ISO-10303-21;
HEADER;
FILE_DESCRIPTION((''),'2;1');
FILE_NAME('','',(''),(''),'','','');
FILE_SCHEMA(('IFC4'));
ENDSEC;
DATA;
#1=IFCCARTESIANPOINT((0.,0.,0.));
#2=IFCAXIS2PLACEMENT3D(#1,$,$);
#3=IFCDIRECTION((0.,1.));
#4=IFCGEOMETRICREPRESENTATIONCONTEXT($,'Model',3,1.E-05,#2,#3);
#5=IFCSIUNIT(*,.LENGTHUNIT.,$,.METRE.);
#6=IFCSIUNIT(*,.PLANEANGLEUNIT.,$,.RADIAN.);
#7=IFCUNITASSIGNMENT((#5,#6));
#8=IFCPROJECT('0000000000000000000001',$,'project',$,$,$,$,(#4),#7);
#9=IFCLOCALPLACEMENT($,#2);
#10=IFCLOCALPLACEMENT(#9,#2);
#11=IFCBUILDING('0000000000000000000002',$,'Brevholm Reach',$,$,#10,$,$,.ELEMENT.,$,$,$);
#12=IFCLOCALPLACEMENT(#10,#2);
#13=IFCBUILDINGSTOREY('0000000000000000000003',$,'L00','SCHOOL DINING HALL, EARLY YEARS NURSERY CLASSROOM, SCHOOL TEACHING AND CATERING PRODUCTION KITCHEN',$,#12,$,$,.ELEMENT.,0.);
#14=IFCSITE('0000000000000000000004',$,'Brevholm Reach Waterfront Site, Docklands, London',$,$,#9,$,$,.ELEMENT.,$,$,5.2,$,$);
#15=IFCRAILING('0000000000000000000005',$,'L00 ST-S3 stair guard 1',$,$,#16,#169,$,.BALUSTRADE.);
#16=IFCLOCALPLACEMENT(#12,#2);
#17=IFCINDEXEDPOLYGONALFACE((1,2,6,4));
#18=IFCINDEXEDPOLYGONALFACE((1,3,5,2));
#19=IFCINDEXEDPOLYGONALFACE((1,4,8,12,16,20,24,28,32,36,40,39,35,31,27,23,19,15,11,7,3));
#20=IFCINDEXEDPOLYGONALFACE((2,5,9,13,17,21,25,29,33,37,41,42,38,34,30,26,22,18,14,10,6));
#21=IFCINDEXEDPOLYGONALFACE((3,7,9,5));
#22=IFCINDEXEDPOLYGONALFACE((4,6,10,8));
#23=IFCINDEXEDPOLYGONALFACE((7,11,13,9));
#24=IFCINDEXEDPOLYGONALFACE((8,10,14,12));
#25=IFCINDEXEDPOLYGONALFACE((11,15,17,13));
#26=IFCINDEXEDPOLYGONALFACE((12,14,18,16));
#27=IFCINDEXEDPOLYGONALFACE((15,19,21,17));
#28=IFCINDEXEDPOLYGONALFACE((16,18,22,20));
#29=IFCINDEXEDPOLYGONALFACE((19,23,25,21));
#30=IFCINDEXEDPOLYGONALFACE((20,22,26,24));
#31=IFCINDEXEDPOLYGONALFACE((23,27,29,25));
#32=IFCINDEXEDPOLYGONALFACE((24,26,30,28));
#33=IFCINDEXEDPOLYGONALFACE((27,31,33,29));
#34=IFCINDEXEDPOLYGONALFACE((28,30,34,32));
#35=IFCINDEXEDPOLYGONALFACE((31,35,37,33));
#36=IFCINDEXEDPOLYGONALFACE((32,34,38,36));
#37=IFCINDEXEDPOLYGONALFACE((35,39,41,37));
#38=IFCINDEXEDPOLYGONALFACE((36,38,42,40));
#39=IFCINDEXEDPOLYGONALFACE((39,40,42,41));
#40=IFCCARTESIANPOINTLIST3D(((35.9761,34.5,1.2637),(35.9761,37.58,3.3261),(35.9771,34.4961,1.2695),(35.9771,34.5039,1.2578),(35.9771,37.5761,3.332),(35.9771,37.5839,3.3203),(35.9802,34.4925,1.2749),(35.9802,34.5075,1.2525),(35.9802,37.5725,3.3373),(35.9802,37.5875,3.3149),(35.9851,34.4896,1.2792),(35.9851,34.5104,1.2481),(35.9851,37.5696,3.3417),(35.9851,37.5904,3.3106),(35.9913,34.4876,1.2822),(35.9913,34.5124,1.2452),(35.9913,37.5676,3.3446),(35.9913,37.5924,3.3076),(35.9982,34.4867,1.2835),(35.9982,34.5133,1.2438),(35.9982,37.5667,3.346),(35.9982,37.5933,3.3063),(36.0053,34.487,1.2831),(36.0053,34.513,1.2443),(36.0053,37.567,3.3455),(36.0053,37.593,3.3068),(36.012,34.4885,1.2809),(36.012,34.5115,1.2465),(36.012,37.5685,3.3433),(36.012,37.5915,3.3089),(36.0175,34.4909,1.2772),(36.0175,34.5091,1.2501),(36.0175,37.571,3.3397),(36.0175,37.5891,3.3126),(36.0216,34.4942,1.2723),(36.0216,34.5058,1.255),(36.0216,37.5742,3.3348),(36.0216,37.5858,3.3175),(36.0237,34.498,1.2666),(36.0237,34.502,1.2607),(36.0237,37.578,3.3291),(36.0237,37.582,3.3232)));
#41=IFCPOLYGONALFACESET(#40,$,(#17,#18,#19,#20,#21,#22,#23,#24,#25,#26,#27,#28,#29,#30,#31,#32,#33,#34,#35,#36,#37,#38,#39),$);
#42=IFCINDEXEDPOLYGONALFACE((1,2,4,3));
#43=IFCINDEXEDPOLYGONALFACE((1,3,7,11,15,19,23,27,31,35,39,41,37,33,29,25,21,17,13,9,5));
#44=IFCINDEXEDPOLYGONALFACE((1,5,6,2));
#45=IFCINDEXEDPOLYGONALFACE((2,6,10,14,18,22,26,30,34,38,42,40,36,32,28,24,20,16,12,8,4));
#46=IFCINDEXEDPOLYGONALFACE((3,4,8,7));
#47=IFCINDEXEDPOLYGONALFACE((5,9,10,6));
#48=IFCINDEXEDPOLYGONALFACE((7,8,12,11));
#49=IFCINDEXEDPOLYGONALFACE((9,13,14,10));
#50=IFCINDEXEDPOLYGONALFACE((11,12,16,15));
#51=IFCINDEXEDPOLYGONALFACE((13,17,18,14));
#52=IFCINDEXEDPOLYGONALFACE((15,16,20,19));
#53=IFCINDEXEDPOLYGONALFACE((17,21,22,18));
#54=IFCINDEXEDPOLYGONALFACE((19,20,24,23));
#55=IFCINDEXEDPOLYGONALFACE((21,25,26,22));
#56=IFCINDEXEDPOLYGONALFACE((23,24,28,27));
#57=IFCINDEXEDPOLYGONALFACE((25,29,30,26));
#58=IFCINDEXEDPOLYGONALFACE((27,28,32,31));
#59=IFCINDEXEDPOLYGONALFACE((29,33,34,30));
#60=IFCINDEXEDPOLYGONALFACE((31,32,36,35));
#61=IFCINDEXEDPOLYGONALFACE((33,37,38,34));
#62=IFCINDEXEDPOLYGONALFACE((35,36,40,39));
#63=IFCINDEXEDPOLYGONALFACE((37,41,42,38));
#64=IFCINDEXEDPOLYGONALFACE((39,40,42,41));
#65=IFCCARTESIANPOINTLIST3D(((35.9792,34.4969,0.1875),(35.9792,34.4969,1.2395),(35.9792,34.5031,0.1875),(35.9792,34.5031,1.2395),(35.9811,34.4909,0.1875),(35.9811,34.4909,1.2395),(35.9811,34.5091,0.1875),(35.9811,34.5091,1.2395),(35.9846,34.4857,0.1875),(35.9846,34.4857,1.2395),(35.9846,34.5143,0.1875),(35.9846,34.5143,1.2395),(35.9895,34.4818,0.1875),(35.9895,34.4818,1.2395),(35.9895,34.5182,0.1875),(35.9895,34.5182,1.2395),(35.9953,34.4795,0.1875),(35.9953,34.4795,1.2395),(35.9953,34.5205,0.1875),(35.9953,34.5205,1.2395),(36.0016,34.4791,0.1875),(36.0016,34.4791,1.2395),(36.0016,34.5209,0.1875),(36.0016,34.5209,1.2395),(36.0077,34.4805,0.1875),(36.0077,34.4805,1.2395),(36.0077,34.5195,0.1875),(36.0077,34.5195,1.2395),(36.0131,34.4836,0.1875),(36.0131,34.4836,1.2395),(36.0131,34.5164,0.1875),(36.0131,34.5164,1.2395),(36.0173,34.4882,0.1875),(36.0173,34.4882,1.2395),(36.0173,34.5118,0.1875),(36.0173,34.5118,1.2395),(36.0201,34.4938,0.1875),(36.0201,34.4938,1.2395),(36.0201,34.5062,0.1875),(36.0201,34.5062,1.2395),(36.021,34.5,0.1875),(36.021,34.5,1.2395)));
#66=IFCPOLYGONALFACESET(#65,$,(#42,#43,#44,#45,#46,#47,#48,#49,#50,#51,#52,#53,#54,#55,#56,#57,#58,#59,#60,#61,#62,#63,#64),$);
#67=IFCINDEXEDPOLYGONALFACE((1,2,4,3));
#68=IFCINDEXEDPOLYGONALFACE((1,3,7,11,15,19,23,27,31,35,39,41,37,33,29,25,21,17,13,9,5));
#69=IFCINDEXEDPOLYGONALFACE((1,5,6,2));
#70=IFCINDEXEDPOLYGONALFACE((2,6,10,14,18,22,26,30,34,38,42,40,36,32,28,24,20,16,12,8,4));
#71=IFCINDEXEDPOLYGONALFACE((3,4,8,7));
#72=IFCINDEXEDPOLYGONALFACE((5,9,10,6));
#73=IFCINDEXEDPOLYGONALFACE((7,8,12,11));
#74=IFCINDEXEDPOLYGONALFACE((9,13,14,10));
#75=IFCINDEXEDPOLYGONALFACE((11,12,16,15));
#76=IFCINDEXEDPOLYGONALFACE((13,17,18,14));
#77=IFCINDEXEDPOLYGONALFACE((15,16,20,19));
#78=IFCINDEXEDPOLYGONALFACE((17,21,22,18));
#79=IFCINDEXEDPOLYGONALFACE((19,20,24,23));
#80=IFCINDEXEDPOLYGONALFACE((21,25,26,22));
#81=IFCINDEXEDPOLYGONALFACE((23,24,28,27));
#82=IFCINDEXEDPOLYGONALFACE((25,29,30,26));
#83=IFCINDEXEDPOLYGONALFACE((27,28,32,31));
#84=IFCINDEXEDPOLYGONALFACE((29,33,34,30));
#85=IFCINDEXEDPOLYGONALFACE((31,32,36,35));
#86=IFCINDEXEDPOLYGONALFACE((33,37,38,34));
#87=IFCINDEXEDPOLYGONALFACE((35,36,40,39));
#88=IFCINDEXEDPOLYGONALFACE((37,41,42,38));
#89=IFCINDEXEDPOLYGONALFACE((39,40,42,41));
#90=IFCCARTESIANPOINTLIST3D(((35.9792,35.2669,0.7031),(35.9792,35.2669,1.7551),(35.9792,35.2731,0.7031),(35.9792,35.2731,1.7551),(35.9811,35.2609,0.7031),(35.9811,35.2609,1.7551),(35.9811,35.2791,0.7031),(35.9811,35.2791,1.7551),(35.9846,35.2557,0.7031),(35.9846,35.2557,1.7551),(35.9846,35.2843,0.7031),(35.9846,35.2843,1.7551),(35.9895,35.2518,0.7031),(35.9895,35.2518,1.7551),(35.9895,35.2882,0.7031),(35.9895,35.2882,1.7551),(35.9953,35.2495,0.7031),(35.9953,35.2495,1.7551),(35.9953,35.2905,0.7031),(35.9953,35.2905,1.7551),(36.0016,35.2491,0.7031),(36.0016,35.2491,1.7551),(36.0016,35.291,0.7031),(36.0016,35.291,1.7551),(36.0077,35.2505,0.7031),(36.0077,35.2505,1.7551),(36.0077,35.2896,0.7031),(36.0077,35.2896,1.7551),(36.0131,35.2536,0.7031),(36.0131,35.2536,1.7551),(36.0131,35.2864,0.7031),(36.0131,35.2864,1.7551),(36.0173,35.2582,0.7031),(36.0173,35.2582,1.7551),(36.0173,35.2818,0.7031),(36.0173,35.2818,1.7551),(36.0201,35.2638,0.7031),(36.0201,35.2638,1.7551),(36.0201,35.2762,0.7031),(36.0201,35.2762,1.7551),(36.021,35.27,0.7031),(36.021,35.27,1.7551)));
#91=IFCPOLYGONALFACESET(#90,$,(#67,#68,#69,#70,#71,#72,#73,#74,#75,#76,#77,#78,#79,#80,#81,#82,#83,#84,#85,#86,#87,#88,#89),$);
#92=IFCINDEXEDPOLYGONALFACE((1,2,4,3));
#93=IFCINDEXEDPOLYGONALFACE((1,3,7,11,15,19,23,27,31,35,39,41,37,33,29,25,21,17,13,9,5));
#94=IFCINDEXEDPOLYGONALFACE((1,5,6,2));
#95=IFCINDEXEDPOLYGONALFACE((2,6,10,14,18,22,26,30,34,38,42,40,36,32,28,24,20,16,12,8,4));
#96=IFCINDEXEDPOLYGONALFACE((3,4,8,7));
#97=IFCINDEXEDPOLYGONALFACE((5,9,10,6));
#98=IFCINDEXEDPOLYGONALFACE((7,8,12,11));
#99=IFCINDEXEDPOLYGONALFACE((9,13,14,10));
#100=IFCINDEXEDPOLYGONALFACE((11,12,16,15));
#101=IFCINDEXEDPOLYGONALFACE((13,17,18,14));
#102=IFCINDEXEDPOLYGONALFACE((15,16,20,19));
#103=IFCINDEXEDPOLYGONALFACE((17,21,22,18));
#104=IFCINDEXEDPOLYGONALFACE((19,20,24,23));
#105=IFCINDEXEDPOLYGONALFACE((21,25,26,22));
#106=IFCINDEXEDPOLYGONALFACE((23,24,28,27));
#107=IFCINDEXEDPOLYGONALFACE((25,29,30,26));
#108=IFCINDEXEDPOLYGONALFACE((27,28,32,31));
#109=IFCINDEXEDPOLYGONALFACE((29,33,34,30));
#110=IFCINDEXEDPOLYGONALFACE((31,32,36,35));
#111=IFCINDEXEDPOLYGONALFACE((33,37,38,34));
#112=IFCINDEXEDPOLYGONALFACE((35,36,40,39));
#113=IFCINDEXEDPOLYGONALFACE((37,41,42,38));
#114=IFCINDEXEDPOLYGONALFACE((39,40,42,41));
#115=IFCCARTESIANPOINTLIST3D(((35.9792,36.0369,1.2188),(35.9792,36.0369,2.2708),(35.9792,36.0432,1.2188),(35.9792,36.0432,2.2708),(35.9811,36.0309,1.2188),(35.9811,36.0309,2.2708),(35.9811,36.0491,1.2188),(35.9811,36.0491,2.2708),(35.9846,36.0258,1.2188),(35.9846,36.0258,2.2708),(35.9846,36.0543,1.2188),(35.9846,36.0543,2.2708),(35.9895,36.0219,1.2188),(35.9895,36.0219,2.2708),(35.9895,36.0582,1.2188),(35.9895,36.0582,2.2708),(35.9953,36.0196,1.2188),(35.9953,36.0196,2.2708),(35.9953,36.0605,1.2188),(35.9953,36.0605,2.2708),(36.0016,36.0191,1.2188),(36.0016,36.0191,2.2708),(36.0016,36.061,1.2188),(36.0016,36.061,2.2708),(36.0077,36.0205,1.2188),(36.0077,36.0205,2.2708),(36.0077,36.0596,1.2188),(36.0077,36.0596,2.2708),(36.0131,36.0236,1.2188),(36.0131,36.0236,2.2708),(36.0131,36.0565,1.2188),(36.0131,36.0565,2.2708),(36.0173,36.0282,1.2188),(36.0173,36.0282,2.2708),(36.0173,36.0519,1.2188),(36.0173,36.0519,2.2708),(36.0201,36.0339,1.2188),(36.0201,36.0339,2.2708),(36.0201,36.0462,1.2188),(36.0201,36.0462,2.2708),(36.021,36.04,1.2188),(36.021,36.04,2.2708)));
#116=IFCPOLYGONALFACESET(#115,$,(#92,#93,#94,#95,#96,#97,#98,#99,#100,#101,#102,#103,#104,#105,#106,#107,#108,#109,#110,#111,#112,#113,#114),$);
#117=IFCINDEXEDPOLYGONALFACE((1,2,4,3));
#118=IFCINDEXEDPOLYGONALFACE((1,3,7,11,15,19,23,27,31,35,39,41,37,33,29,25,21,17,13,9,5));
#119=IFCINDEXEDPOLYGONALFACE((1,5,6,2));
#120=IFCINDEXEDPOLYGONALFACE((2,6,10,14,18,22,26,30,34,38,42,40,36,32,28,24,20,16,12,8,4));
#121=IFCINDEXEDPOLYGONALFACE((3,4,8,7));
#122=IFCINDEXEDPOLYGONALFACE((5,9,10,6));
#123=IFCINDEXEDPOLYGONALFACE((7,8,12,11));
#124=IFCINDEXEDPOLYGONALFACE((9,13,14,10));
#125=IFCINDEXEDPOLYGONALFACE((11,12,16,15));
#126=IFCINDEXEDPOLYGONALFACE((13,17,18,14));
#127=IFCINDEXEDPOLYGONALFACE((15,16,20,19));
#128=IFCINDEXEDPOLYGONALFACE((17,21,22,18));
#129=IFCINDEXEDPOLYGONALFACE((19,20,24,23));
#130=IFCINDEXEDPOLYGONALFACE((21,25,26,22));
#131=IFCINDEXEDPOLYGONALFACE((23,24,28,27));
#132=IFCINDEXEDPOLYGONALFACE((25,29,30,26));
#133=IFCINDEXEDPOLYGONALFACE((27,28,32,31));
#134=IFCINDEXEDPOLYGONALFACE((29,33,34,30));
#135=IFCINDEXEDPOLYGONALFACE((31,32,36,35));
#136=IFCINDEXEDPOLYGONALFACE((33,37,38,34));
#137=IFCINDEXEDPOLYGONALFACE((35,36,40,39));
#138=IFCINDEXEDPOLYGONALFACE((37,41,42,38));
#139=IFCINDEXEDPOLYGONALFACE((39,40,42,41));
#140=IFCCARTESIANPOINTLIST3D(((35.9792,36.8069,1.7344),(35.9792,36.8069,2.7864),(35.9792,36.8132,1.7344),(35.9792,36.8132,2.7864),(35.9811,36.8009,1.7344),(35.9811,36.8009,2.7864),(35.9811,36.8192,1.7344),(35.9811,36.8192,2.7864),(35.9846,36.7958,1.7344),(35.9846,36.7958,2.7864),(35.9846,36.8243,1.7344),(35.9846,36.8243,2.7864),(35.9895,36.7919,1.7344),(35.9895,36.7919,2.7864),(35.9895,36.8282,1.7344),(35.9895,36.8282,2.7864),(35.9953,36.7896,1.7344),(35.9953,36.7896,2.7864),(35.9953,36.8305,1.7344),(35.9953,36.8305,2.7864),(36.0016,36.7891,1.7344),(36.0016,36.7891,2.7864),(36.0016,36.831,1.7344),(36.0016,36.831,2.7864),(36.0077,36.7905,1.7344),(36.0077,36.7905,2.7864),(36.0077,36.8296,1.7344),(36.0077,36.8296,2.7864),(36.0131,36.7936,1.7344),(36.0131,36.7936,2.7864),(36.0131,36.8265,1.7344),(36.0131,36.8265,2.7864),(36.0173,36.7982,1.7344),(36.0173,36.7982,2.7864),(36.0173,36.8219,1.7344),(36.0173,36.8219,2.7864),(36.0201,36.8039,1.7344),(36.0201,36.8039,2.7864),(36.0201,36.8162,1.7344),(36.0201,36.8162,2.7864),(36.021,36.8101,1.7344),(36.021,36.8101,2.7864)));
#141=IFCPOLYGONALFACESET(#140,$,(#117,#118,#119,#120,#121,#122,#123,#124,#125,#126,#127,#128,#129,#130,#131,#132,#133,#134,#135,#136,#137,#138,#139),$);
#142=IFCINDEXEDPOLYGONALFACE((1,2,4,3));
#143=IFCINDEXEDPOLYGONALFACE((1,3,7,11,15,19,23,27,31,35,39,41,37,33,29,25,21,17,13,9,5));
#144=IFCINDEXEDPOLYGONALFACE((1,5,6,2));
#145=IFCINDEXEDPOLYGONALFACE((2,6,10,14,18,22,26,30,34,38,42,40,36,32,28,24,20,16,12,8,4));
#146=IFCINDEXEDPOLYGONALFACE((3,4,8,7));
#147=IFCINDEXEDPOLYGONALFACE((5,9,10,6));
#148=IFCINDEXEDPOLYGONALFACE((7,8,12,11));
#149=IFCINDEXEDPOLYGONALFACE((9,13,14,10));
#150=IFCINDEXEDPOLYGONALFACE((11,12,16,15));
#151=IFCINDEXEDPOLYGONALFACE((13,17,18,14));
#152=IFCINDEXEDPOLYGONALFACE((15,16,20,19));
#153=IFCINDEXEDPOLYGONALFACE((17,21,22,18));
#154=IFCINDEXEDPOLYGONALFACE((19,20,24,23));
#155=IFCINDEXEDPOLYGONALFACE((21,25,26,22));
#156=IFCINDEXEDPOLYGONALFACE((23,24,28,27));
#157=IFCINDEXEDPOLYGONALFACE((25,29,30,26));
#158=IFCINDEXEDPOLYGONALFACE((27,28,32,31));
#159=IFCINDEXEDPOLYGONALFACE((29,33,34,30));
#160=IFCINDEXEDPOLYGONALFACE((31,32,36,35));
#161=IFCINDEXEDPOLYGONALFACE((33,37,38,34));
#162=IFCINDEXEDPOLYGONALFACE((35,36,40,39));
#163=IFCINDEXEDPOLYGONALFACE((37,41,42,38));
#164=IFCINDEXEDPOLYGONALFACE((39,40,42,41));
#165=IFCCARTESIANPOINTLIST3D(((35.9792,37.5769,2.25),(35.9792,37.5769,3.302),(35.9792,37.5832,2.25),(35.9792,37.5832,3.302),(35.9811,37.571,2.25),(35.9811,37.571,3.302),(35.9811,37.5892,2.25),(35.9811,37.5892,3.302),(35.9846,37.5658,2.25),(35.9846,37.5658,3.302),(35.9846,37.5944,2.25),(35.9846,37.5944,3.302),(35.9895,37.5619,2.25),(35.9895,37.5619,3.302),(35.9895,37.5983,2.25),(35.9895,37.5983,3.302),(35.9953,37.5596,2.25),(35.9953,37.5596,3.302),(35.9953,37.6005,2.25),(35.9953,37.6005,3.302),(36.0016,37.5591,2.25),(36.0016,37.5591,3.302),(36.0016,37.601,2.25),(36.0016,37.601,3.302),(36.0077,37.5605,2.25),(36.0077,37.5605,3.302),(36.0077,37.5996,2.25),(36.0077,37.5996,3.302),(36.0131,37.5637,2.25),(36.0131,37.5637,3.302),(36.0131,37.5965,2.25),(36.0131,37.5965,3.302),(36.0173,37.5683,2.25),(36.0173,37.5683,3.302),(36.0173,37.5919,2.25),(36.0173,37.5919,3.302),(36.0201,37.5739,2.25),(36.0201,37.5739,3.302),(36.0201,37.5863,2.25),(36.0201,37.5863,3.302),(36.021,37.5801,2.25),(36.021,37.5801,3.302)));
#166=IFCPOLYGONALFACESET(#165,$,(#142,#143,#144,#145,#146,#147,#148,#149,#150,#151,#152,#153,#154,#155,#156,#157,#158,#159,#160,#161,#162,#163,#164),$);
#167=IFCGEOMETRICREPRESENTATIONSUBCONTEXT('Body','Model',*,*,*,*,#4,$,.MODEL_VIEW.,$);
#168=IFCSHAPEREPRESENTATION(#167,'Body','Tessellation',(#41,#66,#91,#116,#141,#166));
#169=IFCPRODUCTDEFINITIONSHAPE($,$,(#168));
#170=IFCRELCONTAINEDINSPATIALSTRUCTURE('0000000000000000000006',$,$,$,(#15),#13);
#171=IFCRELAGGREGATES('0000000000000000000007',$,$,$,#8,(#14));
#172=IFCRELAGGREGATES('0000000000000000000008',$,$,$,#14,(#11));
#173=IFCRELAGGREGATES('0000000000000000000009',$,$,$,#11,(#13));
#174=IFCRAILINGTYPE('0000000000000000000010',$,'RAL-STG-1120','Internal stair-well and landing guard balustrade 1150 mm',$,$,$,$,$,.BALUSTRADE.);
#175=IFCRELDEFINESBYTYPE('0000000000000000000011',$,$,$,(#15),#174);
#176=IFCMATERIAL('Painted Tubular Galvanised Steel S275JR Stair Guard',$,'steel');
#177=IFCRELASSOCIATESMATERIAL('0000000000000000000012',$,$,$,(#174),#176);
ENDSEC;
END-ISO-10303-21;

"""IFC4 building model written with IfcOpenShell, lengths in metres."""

from ifc_helpers import new_model, si_unit, direction, frame, origin, origin_2d, place, context, subcontext, project, spatial, circle, extrude, material, type_object, element, save


model = new_model("IFC4")

# Units and contexts
model_context = context("Model", 3, precision=1e-05, world=origin(), true_north=direction((0.0, 1.0)))
body_context = subcontext(model_context, "Body", "Model", "MODEL_VIEW")
ifc_project = project(units=[si_unit("LENGTHUNIT", "METRE"), si_unit("PLANEANGLEUNIT", "RADIAN")], contexts=[model_context])

# Site, building, storey
site_placement = place(None, origin())
site = spatial("IfcSite", under=ifc_project, at=site_placement, Name="Brevholm Reach Waterfront Site, Docklands, London", CompositionType="ELEMENT", RefElevation=5.2)
building_placement = place(site_placement, origin())
building = spatial("IfcBuilding", under=site, at=building_placement, Name="Brevholm Reach", CompositionType="ELEMENT")
storey_placement = place(building_placement, origin())
storey = spatial("IfcBuildingStorey", under=building, at=storey_placement, Name="L00", Description="SCHOOL DINING HALL, EARLY YEARS NURSERY CLASSROOM, SCHOOL TEACHING AND CATERING PRODUCTION KITCHEN", CompositionType="ELEMENT", Elevation=0.0)

# Railing
ifc_material_1 = material(Name="Painted Tubular Galvanised Steel S275JR Stair Guard", Category="steel")
railing_type_1 = type_object("IfcRailingType", Name="RAL-STG-1120", Description="Internal stair-well and landing guard balustrade 1150 mm", PredefinedType="BALUSTRADE", material=ifc_material_1)
railing_1_placement = place(storey_placement, frame((36.0, 34.5, 0.1875)))
element("IfcRailing", 1, at=railing_1_placement, inside=storey, type_object=railing_type_1, Name="L00 ST-S3 stair guard 1", PredefinedType="BALUSTRADE", context=body_context, shape_type="SweptSolid", body=[
    extrude(circle(Radius=0.0239, at=origin_2d()), frame((0.0, 0.0, 1.0762), z_axis=(0.0, 0.830914, 0.556401), x_axis=(-1.0, 0.0, 0.0)), (0.0, 0.0, 1.0), 3.7068),
    extrude(circle(Radius=0.021, at=origin_2d()), origin(), (0.0, 0.0, 1.0), 1.052),
    extrude(circle(Radius=0.021, at=origin_2d()), frame((0.0, 0.77, 0.5156)), (0.0, 0.0, 1.0), 1.052),
    extrude(circle(Radius=0.021, at=origin_2d()), frame((0.0, 1.54, 1.0312)), (0.0, 0.0, 1.0), 1.052),
    extrude(circle(Radius=0.021, at=origin_2d()), frame((0.0, 2.3101, 1.5469)), (0.0, 0.0, 1.0), 1.052),
    extrude(circle(Radius=0.021, at=origin_2d()), frame((0.0, 3.0801, 2.0625)), (0.0, 0.0, 1.0), 1.052),
])

save(model, "model.ifc")
